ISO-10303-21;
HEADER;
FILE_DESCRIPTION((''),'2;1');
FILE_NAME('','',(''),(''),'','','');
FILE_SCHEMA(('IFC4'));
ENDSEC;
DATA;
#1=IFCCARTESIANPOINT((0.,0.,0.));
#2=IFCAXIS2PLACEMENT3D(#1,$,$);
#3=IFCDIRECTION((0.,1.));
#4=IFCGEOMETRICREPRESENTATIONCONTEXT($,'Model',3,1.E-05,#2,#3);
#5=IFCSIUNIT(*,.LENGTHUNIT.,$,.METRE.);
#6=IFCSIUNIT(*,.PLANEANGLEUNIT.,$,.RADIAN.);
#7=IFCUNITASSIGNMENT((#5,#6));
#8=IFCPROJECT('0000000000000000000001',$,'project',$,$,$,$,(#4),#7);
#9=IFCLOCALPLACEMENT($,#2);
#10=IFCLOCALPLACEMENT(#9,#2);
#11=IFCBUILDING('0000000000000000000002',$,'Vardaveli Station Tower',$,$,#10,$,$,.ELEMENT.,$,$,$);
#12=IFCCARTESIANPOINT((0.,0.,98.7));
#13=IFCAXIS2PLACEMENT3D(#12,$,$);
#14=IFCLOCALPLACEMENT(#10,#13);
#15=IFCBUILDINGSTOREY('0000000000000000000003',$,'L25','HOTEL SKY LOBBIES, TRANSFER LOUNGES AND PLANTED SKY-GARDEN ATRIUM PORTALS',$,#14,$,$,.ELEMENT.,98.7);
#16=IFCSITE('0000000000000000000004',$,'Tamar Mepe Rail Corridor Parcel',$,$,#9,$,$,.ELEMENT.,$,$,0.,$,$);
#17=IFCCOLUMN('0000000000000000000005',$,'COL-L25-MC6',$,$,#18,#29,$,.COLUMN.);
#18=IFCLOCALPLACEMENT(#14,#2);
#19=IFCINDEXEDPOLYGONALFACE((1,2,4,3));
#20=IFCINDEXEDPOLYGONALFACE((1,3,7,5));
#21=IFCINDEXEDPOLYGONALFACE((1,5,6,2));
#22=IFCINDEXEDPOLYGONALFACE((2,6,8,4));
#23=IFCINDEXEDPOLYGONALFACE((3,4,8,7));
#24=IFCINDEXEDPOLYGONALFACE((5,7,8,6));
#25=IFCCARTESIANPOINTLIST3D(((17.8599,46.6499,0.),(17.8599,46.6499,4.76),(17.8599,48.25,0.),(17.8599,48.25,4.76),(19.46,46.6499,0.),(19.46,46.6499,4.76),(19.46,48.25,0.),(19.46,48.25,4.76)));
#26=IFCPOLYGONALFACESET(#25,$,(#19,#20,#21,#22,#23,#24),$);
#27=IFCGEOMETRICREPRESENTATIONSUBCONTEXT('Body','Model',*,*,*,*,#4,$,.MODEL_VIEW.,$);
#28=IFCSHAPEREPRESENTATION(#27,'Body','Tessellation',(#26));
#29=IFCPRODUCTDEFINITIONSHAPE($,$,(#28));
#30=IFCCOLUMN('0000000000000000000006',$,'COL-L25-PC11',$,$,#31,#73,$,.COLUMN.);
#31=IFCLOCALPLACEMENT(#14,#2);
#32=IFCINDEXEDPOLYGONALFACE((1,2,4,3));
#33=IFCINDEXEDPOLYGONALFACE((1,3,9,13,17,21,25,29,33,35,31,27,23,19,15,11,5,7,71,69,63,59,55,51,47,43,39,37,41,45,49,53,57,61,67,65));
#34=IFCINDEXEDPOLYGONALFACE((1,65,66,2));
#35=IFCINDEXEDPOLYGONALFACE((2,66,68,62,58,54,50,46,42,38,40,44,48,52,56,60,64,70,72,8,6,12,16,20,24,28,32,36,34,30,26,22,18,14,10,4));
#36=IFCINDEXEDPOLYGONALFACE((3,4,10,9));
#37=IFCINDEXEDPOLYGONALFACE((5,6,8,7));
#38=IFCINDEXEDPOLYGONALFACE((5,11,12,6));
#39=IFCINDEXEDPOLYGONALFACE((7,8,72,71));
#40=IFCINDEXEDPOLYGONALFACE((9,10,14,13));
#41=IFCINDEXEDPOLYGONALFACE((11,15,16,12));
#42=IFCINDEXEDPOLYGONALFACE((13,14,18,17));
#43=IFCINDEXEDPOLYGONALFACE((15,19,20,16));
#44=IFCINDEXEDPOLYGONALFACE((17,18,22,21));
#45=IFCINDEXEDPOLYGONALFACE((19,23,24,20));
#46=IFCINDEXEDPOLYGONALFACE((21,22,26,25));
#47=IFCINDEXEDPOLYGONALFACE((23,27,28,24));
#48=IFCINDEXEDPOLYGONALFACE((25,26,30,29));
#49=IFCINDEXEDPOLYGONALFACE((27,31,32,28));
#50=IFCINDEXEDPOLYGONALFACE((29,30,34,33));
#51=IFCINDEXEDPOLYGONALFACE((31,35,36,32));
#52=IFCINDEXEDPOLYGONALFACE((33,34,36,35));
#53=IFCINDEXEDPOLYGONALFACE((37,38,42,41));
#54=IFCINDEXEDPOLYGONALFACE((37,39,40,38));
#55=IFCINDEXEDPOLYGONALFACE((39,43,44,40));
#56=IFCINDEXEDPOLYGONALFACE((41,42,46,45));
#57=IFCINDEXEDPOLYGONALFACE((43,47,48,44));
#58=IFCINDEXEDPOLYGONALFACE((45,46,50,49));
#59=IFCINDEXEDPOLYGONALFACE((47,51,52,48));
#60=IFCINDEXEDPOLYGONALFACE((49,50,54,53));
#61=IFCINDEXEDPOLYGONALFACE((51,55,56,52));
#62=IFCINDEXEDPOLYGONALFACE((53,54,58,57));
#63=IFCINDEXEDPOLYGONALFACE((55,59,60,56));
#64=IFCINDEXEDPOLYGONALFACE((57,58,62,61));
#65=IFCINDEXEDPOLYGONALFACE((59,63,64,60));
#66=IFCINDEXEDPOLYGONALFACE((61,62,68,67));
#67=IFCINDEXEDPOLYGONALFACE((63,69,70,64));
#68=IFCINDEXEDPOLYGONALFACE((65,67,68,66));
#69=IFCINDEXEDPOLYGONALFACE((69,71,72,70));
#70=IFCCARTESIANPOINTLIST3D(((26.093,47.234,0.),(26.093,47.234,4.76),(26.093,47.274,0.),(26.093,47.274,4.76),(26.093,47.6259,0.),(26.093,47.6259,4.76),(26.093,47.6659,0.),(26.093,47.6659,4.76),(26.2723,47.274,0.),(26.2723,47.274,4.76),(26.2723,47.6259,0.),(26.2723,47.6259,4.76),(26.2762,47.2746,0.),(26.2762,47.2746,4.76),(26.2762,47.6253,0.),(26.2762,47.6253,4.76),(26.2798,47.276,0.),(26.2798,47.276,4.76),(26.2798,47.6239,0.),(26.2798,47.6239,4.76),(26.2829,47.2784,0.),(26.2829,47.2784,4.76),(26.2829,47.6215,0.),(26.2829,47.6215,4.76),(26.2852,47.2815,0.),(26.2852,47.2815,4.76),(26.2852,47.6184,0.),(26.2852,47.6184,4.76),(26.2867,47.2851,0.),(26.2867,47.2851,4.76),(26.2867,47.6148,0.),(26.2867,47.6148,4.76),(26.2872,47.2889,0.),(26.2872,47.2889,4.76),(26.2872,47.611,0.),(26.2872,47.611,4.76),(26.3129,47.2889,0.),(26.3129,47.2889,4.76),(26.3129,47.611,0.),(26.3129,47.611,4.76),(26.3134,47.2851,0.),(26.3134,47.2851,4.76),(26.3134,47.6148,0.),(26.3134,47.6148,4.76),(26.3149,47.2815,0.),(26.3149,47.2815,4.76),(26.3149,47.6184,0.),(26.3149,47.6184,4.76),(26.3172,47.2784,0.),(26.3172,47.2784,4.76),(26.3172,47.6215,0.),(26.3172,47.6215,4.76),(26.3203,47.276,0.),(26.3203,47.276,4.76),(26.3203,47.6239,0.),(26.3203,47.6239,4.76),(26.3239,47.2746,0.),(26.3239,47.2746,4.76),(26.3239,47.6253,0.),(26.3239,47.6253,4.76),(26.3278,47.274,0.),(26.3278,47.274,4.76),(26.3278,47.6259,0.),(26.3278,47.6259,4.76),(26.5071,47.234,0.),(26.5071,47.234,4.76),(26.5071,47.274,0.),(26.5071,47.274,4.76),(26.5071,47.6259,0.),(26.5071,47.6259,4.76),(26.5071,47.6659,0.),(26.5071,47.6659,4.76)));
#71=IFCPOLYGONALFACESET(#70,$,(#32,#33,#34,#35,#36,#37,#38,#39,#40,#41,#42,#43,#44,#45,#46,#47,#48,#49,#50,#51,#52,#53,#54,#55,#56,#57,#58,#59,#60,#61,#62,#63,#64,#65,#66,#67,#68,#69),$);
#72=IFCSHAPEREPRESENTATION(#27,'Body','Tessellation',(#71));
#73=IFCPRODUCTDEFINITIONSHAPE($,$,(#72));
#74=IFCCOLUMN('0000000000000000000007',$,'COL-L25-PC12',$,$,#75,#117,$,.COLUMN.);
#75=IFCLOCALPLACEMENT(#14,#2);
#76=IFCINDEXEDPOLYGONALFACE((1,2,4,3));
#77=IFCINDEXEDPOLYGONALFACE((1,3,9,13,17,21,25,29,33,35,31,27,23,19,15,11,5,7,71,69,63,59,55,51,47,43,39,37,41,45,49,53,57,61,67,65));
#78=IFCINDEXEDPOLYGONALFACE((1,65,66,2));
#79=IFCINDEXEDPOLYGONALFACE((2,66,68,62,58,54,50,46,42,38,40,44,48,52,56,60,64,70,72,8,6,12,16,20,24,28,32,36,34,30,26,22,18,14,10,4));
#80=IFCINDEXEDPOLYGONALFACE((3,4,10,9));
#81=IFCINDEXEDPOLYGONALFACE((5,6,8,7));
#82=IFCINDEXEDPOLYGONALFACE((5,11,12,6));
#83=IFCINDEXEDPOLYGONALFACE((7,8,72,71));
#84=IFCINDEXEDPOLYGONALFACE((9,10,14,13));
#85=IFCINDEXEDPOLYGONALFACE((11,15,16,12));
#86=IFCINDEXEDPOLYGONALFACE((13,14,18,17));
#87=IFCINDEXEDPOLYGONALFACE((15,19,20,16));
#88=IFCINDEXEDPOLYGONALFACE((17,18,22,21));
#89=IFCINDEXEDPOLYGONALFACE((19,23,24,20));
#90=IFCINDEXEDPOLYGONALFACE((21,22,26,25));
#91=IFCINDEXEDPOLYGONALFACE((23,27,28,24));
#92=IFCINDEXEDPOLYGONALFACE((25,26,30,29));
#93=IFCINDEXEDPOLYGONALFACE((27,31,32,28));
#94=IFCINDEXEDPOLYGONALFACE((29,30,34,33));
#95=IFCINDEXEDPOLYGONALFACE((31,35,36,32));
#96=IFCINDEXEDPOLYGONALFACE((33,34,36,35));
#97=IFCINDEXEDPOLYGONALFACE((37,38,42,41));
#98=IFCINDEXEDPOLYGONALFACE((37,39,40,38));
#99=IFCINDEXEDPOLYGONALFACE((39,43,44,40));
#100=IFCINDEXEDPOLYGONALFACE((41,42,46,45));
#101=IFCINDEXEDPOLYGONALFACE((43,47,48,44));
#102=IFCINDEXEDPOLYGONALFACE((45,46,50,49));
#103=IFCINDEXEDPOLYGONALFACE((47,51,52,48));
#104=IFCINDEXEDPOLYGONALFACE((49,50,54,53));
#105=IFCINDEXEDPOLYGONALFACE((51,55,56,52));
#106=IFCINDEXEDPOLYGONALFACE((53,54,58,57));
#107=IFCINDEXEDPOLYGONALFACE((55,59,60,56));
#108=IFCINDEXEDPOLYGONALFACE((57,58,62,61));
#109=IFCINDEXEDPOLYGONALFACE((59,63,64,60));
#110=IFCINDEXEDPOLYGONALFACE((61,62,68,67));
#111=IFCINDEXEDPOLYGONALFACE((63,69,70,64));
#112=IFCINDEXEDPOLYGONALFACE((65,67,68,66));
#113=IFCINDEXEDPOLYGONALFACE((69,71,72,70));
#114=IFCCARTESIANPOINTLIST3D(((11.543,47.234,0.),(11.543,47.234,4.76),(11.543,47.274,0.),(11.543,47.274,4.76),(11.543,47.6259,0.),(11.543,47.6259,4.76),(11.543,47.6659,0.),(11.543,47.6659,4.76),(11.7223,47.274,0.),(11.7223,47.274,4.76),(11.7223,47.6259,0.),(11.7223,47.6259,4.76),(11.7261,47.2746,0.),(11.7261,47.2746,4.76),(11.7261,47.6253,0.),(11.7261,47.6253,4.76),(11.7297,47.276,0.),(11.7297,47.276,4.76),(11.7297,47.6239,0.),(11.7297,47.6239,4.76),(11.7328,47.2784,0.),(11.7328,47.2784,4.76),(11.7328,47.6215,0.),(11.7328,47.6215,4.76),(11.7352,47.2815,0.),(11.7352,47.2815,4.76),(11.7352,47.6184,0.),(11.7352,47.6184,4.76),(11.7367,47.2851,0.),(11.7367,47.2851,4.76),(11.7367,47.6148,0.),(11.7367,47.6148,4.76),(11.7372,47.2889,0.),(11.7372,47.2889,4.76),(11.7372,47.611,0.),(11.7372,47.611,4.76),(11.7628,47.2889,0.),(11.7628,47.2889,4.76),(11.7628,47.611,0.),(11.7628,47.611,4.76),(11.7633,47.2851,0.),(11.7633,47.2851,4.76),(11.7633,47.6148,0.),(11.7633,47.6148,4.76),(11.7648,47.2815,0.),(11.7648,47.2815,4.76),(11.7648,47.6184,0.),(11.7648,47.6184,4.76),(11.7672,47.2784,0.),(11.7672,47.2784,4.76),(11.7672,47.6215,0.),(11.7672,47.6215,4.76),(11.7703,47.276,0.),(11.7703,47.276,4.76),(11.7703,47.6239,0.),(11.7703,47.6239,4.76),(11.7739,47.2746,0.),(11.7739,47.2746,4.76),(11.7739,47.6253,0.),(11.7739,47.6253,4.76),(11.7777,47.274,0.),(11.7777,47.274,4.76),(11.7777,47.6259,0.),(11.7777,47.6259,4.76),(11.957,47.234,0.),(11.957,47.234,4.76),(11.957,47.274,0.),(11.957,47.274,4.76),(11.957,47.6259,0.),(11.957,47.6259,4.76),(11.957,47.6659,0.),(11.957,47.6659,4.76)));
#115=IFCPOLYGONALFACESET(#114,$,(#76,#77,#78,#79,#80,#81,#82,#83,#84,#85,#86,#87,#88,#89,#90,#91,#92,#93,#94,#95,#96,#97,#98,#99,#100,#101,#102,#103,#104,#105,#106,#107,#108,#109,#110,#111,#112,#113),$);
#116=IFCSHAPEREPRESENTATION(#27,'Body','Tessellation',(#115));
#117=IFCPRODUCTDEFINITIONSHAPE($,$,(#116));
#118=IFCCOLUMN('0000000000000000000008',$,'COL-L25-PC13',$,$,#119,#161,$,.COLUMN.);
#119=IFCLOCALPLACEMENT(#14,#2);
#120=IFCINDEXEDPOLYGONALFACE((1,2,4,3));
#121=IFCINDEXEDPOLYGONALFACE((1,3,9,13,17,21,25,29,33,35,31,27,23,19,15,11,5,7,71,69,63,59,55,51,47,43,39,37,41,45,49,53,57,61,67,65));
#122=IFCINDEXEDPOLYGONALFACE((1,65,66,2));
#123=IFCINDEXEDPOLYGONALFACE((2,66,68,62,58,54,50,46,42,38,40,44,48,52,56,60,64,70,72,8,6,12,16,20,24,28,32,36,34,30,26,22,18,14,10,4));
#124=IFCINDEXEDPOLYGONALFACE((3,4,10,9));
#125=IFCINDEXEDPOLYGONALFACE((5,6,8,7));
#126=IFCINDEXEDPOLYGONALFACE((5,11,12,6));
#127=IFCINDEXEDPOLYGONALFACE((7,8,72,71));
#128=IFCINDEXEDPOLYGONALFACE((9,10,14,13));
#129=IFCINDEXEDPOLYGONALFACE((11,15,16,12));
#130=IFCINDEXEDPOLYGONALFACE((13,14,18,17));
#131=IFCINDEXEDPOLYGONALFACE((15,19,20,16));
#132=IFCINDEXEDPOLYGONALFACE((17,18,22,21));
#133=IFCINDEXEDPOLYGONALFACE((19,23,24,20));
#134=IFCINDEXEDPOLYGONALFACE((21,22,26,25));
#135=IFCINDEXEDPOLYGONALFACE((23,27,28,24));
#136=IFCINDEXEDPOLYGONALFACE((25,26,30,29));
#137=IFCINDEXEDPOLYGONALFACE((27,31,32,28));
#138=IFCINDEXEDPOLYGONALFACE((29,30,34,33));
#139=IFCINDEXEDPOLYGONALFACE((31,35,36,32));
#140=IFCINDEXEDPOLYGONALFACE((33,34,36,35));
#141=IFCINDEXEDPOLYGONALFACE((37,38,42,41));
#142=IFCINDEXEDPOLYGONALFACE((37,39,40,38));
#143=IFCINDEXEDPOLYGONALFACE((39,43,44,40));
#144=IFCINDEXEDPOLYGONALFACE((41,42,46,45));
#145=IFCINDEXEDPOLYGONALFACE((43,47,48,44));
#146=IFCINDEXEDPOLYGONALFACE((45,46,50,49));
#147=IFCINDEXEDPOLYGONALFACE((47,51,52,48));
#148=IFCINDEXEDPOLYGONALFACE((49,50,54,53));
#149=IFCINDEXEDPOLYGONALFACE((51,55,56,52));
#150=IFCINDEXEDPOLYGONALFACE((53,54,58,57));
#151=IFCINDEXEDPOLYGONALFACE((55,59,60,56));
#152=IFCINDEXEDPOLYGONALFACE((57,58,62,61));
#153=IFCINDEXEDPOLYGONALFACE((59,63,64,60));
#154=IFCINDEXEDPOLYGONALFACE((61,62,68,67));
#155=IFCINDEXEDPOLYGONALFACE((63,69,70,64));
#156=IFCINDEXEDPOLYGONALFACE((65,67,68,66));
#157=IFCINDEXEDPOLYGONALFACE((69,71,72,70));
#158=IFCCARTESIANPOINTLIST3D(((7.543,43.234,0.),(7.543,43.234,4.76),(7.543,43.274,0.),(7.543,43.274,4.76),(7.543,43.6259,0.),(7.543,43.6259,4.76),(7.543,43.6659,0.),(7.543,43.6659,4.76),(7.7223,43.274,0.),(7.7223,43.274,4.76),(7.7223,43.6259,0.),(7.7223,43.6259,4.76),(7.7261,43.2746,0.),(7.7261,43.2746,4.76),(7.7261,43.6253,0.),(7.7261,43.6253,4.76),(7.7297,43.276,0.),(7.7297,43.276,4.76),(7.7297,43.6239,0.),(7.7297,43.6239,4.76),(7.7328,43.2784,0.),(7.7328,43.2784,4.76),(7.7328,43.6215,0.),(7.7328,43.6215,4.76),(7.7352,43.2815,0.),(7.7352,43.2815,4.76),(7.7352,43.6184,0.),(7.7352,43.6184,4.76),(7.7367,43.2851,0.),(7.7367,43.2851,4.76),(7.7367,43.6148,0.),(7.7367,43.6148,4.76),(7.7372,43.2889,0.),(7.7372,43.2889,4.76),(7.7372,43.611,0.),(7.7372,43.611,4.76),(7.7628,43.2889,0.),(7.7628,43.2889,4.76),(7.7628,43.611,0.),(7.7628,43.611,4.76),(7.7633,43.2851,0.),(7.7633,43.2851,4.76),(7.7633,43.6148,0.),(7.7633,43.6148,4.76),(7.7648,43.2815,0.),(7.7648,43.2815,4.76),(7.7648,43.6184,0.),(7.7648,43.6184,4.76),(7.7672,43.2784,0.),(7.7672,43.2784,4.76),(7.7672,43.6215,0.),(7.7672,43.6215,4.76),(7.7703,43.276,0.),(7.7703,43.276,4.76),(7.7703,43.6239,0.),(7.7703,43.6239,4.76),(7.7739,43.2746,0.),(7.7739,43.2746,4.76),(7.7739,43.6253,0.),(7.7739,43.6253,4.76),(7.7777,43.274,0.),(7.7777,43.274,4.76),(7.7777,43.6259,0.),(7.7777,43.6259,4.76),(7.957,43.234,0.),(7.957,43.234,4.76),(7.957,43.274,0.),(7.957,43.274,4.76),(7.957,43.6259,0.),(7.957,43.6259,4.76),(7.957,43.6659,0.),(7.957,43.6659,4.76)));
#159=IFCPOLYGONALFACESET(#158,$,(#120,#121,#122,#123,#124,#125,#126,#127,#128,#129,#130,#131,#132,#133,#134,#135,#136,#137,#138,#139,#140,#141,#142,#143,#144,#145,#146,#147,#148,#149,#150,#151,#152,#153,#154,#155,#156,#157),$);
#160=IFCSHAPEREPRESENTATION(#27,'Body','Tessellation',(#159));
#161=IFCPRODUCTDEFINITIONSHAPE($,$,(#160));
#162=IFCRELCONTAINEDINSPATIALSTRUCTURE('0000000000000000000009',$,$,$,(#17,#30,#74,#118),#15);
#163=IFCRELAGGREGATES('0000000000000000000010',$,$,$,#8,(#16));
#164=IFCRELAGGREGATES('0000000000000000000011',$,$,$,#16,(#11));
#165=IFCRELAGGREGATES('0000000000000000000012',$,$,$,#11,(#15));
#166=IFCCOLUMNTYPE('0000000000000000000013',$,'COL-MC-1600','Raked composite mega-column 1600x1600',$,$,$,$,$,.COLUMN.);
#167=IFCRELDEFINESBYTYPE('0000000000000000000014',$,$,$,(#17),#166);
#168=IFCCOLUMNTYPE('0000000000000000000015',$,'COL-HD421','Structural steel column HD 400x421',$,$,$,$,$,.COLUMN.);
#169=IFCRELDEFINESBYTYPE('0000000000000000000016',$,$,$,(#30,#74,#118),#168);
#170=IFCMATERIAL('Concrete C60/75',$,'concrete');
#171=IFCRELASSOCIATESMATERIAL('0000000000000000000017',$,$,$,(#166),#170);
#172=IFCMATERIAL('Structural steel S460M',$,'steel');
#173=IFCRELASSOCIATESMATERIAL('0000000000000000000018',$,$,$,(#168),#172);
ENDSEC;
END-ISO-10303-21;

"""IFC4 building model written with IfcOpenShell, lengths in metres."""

from ifc_helpers import new_model, si_unit, direction, frame, origin, origin_2d, place, context, subcontext, project, spatial, rectangle, i_section, extrude, source, transform, mapped, material, material_profile, profile_set, type_object, element, save


model = new_model("IFC4")

# Units and contexts
model_context = context("Model", 3, precision=1e-05, world=origin(), true_north=direction((0.0, 1.0)))
body_context = subcontext(model_context, "Body", "Model", "MODEL_VIEW")
ifc_project = project(units=[si_unit("LENGTHUNIT", "METRE"), si_unit("PLANEANGLEUNIT", "RADIAN")], contexts=[model_context])

# Site, building, storey
site_placement = place(None, origin())
site = spatial("IfcSite", under=ifc_project, at=site_placement, Name="Tamar Mepe Rail Corridor Parcel", CompositionType="ELEMENT", RefElevation=0.0)
building_placement = place(site_placement, origin())
building = spatial("IfcBuilding", under=site, at=building_placement, Name="Vardaveli Station Tower", CompositionType="ELEMENT")
storey_placement = place(building_placement, frame((0.0, 0.0, 98.7)))
storey = spatial("IfcBuildingStorey", under=building, at=storey_placement, Name="L25", Description="HOTEL SKY LOBBIES, TRANSFER LOUNGES AND PLANTED SKY-GARDEN ATRIUM PORTALS", CompositionType="ELEMENT", Elevation=98.7)

# Columns
ifc_material_1 = material(Name="Concrete C60/75", Category="concrete")
ifc_material_profile_1 = material_profile(ifc_material_1, rectangle(XDim=1.6001, YDim=1.6001, at=origin_2d()), Name="MC 1600x1600")
ifc_profile_set_1 = profile_set([ifc_material_profile_1], Name="Concrete C60/75")
column_type_1 = type_object("IfcColumnType", Name="COL-MC-1600", Description="Raked composite mega-column 1600x1600", PredefinedType="COLUMN", material=ifc_profile_set_1)
shared_shape_1 = source(origin(), body_context, "Body", "SweptSolid", [
    extrude(rectangle(XDim=1.6001, YDim=1.6001, at=origin_2d()), origin(), (0.0, 0.0, 1.0), 4.76),
])
column_placement = place(storey_placement, frame((18.6599, 47.45, 0.0), z_axis=(0.0, 0.0, 1.0), x_axis=(1.0, 0.0, 0.0)))
element("IfcColumn", 1, at=column_placement, inside=storey, type_object=column_type_1, Name="COL-L25-MC6", PredefinedType="COLUMN", context=body_context, shape_type="MappedRepresentation", body=[
    mapped(shared_shape_1, transform((0.0, 0.0, 0.0), scale=1.0)),
])
ifc_material_2 = material(Name="Structural steel S460M", Category="steel")
ifc_material_profile_2 = material_profile(ifc_material_2, i_section(OverallWidth=0.4141, OverallDepth=0.4319, WebThickness=0.0256, FlangeThickness=0.04, FilletRadius=0.0149, at=origin_2d()), Name="HD 400x421")
ifc_profile_set_2 = profile_set([ifc_material_profile_2], Name="Structural steel S460M")
column_type_2 = type_object("IfcColumnType", Name="COL-HD421", Description="Structural steel column HD 400x421", PredefinedType="COLUMN", material=ifc_profile_set_2)
shared_shape_2 = source(origin(), body_context, "Body", "SweptSolid", [
    extrude(i_section(OverallWidth=0.4141, OverallDepth=0.4319, WebThickness=0.0256, FlangeThickness=0.04, FilletRadius=0.0149, at=origin_2d()), origin(), (0.0, 0.0, 1.0), 4.76),
])
for number, where, z_axis, x_axis, name in (
    (2, (26.3, 47.45, 0.0), (0.0, 0.0, 1.0), (1.0, 0.0, 0.0), "COL-L25-PC11"),
    (3, (11.75, 47.45, 0.0), (0.0, 0.0, 1.0), (1.0, 0.0, 0.0), "COL-L25-PC12"),
    (4, (7.75, 43.45, 0.0), (0.0, 0.0, 1.0), (1.0, 0.0, 0.0), "COL-L25-PC13"),
):
    element("IfcColumn", number, at=place(storey_placement, frame(where, z_axis=z_axis, x_axis=x_axis)), inside=storey, type_object=column_type_2, Name=name, PredefinedType="COLUMN", context=body_context, shape_type="MappedRepresentation", body=[
        mapped(shared_shape_2, transform((0.0, 0.0, 0.0), scale=1.0)),
    ])

save(model, "model.ifc")
